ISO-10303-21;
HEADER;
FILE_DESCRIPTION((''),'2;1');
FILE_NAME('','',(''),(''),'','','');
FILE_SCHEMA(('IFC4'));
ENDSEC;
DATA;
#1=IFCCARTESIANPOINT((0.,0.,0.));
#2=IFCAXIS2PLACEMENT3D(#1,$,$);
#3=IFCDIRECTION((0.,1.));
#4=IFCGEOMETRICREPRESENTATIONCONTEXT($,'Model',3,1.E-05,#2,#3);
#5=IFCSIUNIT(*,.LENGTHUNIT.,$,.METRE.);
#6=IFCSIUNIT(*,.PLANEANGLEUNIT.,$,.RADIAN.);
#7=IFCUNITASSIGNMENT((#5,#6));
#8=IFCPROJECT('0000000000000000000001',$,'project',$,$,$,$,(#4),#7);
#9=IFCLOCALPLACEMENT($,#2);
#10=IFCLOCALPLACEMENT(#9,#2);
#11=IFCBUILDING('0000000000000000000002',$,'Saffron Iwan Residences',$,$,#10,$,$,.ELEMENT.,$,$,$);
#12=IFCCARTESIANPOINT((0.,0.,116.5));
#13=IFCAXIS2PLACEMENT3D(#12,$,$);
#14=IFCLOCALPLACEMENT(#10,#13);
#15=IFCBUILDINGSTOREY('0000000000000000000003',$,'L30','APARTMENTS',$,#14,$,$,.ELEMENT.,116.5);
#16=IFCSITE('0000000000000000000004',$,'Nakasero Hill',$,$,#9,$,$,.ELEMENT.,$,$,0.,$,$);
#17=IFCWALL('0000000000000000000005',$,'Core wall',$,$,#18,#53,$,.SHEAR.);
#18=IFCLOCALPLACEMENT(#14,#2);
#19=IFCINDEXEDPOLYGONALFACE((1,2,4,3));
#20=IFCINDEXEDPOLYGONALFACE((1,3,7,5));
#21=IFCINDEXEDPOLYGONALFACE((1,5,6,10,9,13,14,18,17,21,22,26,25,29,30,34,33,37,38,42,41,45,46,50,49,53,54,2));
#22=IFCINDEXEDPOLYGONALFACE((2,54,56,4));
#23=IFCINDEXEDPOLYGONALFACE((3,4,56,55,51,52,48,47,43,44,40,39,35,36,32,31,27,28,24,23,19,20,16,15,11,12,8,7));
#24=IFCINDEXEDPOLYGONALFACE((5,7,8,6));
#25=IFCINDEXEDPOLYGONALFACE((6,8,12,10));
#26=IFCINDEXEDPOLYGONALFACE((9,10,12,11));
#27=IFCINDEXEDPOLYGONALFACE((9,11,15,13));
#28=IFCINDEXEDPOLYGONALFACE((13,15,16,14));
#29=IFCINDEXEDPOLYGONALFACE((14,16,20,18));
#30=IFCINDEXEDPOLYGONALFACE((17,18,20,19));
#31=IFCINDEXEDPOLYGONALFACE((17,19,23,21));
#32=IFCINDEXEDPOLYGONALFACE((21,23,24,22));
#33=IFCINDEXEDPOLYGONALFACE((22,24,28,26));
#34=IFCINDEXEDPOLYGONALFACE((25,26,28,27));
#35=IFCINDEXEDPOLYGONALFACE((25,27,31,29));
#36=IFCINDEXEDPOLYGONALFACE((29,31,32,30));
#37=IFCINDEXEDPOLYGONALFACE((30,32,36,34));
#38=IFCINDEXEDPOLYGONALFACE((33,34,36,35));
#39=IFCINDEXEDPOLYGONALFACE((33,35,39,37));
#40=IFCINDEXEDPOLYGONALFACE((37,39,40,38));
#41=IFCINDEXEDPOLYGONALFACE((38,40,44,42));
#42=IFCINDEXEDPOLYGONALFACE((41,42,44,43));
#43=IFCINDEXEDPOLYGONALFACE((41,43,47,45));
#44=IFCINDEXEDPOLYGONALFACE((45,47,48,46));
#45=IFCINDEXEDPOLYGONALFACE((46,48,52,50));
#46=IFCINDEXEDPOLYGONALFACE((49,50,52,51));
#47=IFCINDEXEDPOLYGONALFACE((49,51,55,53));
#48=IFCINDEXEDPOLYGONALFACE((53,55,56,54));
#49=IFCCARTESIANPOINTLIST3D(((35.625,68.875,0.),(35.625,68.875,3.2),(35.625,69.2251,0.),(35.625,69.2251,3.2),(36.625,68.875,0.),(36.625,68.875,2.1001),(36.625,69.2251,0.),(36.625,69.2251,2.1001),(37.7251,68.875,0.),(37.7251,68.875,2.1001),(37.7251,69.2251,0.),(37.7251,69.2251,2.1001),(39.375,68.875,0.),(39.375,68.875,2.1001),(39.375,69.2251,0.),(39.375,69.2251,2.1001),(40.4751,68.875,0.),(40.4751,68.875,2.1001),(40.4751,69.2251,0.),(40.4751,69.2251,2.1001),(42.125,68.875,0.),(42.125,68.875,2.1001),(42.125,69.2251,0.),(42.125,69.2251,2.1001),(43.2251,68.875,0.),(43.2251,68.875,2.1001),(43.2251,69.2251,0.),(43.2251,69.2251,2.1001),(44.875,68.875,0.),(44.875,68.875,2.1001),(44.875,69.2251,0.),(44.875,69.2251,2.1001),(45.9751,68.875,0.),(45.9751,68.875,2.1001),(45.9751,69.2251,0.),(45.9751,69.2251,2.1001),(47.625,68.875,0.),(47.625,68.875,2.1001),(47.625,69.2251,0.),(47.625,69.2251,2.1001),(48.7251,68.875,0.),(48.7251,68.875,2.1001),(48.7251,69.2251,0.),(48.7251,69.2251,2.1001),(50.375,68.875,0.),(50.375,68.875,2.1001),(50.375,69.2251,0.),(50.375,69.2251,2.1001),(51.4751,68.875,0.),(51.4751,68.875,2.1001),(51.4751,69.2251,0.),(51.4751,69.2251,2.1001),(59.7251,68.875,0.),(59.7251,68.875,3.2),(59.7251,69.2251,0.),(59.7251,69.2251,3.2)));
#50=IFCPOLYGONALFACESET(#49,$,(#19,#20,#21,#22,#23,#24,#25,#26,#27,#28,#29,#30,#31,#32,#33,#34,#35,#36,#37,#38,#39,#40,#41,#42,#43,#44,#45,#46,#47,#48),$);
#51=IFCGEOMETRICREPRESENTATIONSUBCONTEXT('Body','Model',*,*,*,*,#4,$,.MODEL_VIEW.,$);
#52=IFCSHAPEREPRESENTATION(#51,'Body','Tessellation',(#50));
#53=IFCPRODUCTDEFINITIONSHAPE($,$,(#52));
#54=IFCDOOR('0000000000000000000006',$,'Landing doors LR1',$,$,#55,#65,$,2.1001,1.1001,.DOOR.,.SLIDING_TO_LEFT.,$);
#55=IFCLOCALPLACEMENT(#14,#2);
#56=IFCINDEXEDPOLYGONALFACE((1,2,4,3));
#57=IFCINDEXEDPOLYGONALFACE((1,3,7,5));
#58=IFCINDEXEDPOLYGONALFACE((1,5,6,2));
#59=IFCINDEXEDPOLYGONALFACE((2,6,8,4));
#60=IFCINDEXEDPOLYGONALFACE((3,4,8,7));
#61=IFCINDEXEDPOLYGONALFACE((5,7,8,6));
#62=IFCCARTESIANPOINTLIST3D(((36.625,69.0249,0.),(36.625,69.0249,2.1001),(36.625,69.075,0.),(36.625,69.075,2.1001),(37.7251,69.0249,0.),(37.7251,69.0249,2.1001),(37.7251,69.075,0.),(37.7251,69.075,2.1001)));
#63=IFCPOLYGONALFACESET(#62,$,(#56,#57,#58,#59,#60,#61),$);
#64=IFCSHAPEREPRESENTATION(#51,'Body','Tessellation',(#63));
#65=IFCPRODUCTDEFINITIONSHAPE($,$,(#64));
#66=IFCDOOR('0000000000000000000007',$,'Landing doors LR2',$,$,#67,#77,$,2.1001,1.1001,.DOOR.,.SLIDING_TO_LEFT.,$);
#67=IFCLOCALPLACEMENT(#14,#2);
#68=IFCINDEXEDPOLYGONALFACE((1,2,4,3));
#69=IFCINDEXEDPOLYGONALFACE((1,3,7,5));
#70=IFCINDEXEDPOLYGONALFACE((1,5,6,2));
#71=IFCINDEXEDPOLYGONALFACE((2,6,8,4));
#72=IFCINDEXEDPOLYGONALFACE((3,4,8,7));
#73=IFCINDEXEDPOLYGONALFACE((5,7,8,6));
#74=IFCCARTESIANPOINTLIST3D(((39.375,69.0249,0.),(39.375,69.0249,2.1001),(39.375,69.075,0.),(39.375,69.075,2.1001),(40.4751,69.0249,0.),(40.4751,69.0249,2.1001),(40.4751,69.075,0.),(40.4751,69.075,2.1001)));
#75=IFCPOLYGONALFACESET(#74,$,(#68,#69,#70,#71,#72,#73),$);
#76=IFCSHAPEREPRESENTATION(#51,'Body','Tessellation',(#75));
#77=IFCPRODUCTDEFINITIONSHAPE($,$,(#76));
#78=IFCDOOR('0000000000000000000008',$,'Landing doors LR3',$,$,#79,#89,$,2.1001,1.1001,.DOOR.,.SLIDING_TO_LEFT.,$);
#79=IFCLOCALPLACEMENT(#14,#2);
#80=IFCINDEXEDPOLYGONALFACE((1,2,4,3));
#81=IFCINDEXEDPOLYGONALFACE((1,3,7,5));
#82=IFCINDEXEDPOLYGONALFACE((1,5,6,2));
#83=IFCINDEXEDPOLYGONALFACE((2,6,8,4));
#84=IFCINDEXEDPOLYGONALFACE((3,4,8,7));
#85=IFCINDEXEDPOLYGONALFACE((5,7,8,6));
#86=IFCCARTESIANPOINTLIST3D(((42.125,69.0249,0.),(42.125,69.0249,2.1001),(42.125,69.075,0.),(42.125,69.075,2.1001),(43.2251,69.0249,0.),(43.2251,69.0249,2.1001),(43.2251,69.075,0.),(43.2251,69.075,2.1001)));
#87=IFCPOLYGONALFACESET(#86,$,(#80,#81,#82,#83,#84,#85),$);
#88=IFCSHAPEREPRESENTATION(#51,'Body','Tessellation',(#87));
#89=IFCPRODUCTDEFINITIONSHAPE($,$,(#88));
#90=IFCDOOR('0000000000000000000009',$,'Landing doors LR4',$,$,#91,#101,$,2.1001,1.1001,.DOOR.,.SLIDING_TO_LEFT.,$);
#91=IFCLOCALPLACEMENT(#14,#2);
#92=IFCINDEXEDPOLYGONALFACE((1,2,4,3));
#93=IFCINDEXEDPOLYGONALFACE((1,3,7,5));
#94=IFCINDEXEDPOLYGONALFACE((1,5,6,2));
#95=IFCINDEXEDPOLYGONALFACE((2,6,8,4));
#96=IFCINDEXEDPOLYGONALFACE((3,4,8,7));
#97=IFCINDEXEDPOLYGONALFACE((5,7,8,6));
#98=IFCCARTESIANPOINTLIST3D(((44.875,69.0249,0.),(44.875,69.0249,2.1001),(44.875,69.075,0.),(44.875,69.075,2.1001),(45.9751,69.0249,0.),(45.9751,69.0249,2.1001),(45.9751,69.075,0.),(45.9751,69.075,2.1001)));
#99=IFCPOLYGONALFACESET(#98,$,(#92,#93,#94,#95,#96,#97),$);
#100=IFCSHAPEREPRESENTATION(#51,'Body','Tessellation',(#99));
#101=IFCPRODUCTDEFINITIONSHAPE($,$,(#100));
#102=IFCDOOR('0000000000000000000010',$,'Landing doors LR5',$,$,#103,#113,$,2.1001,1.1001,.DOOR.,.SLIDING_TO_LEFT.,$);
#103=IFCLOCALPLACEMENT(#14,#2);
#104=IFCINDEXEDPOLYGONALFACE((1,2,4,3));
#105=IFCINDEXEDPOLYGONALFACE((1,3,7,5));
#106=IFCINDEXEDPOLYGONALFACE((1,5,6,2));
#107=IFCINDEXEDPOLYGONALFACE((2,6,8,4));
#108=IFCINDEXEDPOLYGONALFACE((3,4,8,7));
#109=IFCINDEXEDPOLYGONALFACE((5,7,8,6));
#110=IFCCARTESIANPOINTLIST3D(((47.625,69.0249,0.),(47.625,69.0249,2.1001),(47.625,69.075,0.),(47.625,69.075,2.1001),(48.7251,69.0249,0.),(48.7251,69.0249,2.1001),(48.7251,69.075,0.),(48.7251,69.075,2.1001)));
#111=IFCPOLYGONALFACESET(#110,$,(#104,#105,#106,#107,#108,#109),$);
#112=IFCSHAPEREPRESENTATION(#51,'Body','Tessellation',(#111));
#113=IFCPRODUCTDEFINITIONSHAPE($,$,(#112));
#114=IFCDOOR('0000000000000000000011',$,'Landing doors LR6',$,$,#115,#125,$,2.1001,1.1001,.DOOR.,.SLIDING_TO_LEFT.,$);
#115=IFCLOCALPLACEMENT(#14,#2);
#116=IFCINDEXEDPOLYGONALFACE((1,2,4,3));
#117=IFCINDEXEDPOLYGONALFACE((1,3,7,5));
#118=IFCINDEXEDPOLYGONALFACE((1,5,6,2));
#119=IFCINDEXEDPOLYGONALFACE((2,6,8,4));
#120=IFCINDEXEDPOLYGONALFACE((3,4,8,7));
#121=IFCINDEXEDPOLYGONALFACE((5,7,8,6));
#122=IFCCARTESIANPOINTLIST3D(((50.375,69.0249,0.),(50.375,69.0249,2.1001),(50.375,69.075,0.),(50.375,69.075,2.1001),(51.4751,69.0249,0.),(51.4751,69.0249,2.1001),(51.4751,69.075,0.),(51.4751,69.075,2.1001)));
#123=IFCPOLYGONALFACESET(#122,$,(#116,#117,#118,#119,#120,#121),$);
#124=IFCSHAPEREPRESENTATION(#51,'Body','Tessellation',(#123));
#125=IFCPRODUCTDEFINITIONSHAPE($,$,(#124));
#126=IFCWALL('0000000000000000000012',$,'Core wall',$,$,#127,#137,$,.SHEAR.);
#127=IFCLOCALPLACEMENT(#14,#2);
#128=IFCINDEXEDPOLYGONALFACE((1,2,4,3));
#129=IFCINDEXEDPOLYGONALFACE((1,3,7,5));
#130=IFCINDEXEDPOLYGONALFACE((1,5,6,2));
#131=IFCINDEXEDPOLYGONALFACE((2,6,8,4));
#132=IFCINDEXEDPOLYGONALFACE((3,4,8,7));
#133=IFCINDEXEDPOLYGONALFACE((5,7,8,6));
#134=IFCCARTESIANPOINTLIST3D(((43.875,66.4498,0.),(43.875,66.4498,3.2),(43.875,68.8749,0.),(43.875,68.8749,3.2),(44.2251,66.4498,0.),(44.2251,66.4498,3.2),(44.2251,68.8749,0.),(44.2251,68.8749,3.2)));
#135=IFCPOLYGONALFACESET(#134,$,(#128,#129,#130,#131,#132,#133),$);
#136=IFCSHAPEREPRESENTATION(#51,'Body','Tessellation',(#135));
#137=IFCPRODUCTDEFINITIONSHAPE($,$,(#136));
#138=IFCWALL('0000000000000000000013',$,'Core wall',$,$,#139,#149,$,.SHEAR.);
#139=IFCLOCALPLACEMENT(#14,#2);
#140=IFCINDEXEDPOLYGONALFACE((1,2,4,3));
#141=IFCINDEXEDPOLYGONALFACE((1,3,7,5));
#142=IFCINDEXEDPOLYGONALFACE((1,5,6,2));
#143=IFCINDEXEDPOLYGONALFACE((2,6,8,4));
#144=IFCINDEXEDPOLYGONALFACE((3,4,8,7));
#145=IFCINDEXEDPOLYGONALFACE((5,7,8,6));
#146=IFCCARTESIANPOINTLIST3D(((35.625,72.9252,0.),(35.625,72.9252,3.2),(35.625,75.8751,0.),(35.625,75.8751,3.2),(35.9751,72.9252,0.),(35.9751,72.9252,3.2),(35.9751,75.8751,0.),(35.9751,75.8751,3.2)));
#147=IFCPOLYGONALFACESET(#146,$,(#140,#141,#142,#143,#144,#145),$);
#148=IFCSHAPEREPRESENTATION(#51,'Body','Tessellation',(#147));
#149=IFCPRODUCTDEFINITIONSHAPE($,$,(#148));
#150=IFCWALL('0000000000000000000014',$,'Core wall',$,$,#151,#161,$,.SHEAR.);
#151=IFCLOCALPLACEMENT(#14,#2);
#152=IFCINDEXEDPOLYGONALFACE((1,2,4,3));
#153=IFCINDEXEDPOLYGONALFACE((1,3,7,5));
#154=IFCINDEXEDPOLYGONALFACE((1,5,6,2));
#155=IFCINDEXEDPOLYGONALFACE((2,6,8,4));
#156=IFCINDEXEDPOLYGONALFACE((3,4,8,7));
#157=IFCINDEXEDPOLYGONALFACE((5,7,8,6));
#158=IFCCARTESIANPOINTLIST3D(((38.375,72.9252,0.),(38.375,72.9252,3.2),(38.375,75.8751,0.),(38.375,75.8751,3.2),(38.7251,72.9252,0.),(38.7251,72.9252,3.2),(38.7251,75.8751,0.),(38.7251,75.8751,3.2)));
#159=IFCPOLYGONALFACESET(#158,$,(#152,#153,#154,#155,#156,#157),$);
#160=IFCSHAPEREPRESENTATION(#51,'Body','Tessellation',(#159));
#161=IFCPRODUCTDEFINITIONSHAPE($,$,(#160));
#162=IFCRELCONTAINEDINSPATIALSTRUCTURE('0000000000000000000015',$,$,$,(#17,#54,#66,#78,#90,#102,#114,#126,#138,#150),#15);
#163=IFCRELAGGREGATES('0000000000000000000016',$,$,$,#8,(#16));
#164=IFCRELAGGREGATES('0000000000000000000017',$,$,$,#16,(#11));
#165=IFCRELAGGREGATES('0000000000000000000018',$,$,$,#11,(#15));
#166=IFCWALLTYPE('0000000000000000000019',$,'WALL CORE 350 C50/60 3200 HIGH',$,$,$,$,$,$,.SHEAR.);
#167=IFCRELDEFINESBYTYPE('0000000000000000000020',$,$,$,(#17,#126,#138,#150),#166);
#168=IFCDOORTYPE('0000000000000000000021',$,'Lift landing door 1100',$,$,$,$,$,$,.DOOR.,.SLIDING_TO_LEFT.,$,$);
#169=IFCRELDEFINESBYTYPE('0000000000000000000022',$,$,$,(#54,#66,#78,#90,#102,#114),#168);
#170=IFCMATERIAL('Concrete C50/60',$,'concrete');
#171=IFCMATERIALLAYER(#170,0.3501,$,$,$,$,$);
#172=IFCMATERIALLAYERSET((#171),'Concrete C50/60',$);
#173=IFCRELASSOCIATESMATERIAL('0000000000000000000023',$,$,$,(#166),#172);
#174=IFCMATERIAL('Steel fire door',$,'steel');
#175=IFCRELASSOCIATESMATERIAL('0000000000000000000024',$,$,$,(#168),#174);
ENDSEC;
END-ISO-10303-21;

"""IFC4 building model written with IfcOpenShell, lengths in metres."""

from ifc_helpers import new_model, si_unit, direction, frame, frame_2d, origin, place, context, subcontext, project, spatial, rectangle, extrude, material, layer, layer_set, type_object, element, fill, save


model = new_model("IFC4")

# Units and contexts
model_context = context("Model", 3, precision=1e-05, world=origin(), true_north=direction((0.0, 1.0)))
body_context = subcontext(model_context, "Body", "Model", "MODEL_VIEW")
ifc_project = project(units=[si_unit("LENGTHUNIT", "METRE"), si_unit("PLANEANGLEUNIT", "RADIAN")], contexts=[model_context])

# Site, building, storey
site_placement = place(None, origin())
site = spatial("IfcSite", under=ifc_project, at=site_placement, Name="Nakasero Hill", CompositionType="ELEMENT", RefElevation=0.0)
building_placement = place(site_placement, origin())
building = spatial("IfcBuilding", under=site, at=building_placement, Name="Saffron Iwan Residences", CompositionType="ELEMENT")
storey_placement = place(building_placement, frame((0.0, 0.0, 116.5)))
storey = spatial("IfcBuildingStorey", under=building, at=storey_placement, Name="L30", Description="APARTMENTS", CompositionType="ELEMENT", Elevation=116.5)

# Wall, openings, doors
ifc_material_1 = material(Name="Concrete C50/60", Category="concrete")
ifc_layer = layer(ifc_material_1, 0.3501)
ifc_layer_set = layer_set([ifc_layer], Name="Concrete C50/60")
wall_type = type_object("IfcWallType", Name="WALL CORE 350 C50/60 3200 HIGH", PredefinedType="SHEAR", material=ifc_layer_set)
wall_1_placement = place(storey_placement, frame((35.625, 69.05, 0.0), z_axis=(0.0, 0.0, 1.0), x_axis=(1.0, 0.0, 0.0)))
wall_1 = element("IfcWall", 1, at=wall_1_placement, inside=storey, type_object=wall_type, Name="Core wall", PredefinedType="SHEAR", context=body_context, shape_type="SweptSolid", body=[
    extrude(rectangle(XDim=24.1001, YDim=0.3501, at=frame_2d((12.05, 0.0))), origin(), (0.0, 0.0, 1.0), 3.2),
])
opening_1_placement = place(wall_1_placement, frame((1.0, 0.0, 0.0)))
opening_1 = element("IfcOpeningElement", 2, at=opening_1_placement, cuts=wall_1, PredefinedType="OPENING", context=body_context, shape_type="SweptSolid", body=[
    extrude(rectangle(XDim=1.1001, YDim=2.1001, at=frame_2d((0.55, 1.05))), frame((0.0, 0.1851, 0.0), z_axis=(0.0, -1.0, 0.0), x_axis=(1.0, 0.0, 0.0)), (0.0, 0.0, 1.0), 0.3701),
])
opening_2_placement = place(wall_1_placement, frame((3.75, 0.0, 0.0)))
opening_2 = element("IfcOpeningElement", 3, at=opening_2_placement, cuts=wall_1, PredefinedType="OPENING", context=body_context, shape_type="SweptSolid", body=[
    extrude(rectangle(XDim=1.1001, YDim=2.1001, at=frame_2d((0.55, 1.05))), frame((0.0, 0.1851, 0.0), z_axis=(0.0, -1.0, 0.0), x_axis=(1.0, 0.0, 0.0)), (0.0, 0.0, 1.0), 0.3701),
])
opening_3_placement = place(wall_1_placement, frame((6.5, 0.0, 0.0)))
opening_3 = element("IfcOpeningElement", 4, at=opening_3_placement, cuts=wall_1, PredefinedType="OPENING", context=body_context, shape_type="SweptSolid", body=[
    extrude(rectangle(XDim=1.1001, YDim=2.1001, at=frame_2d((0.55, 1.05))), frame((0.0, 0.1851, 0.0), z_axis=(0.0, -1.0, 0.0), x_axis=(1.0, 0.0, 0.0)), (0.0, 0.0, 1.0), 0.3701),
])
opening_4_placement = place(wall_1_placement, frame((9.25, 0.0, 0.0)))
opening_4 = element("IfcOpeningElement", 5, at=opening_4_placement, cuts=wall_1, PredefinedType="OPENING", context=body_context, shape_type="SweptSolid", body=[
    extrude(rectangle(XDim=1.1001, YDim=2.1001, at=frame_2d((0.55, 1.05))), frame((0.0, 0.1851, 0.0), z_axis=(0.0, -1.0, 0.0), x_axis=(1.0, 0.0, 0.0)), (0.0, 0.0, 1.0), 0.3701),
])
opening_5_placement = place(wall_1_placement, frame((12.0, 0.0, 0.0)))
opening_5 = element("IfcOpeningElement", 6, at=opening_5_placement, cuts=wall_1, PredefinedType="OPENING", context=body_context, shape_type="SweptSolid", body=[
    extrude(rectangle(XDim=1.1001, YDim=2.1001, at=frame_2d((0.55, 1.05))), frame((0.0, 0.1851, 0.0), z_axis=(0.0, -1.0, 0.0), x_axis=(1.0, 0.0, 0.0)), (0.0, 0.0, 1.0), 0.3701),
])
opening_6_placement = place(wall_1_placement, frame((14.75, 0.0, 0.0)))
opening_6 = element("IfcOpeningElement", 7, at=opening_6_placement, cuts=wall_1, PredefinedType="OPENING", context=body_context, shape_type="SweptSolid", body=[
    extrude(rectangle(XDim=1.1001, YDim=2.1001, at=frame_2d((0.55, 1.05))), frame((0.0, 0.1851, 0.0), z_axis=(0.0, -1.0, 0.0), x_axis=(1.0, 0.0, 0.0)), (0.0, 0.0, 1.0), 0.3701),
])
ifc_material_2 = material(Name="Steel fire door", Category="steel")
door_type_1 = type_object("IfcDoorType", Name="Lift landing door 1100", OperationType="SLIDING_TO_LEFT", PredefinedType="DOOR", material=ifc_material_2)
door_1_placement = place(opening_1_placement, origin())
door_1 = element("IfcDoor", 8, at=door_1_placement, inside=storey, type_object=door_type_1, Name="Landing doors LR1", OperationType="SLIDING_TO_LEFT", OverallHeight=2.1001, OverallWidth=1.1001, PredefinedType="DOOR", context=body_context, shape_type="SweptSolid", body=[
    extrude(rectangle(XDim=1.1001, YDim=2.1001, at=frame_2d((0.55, 1.05))), frame((0.0, 0.0249, 0.0), z_axis=(0.0, -1.0, 0.0), x_axis=(1.0, 0.0, 0.0)), (0.0, 0.0, 1.0), 0.05),
])
fill(opening_1, door_1)
door_2_placement = place(opening_2_placement, origin())
door_2 = element("IfcDoor", 9, at=door_2_placement, inside=storey, type_object=door_type_1, Name="Landing doors LR2", OperationType="SLIDING_TO_LEFT", OverallHeight=2.1001, OverallWidth=1.1001, PredefinedType="DOOR", context=body_context, shape_type="SweptSolid", body=[
    extrude(rectangle(XDim=1.1001, YDim=2.1001, at=frame_2d((0.55, 1.05))), frame((0.0, 0.0249, 0.0), z_axis=(0.0, -1.0, 0.0), x_axis=(1.0, 0.0, 0.0)), (0.0, 0.0, 1.0), 0.05),
])
fill(opening_2, door_2)
door_3_placement = place(opening_3_placement, origin())
door_3 = element("IfcDoor", 10, at=door_3_placement, inside=storey, type_object=door_type_1, Name="Landing doors LR3", OperationType="SLIDING_TO_LEFT", OverallHeight=2.1001, OverallWidth=1.1001, PredefinedType="DOOR", context=body_context, shape_type="SweptSolid", body=[
    extrude(rectangle(XDim=1.1001, YDim=2.1001, at=frame_2d((0.55, 1.05))), frame((0.0, 0.0249, 0.0), z_axis=(0.0, -1.0, 0.0), x_axis=(1.0, 0.0, 0.0)), (0.0, 0.0, 1.0), 0.05),
])
fill(opening_3, door_3)
door_4_placement = place(opening_4_placement, origin())
door_4 = element("IfcDoor", 11, at=door_4_placement, inside=storey, type_object=door_type_1, Name="Landing doors LR4", OperationType="SLIDING_TO_LEFT", OverallHeight=2.1001, OverallWidth=1.1001, PredefinedType="DOOR", context=body_context, shape_type="SweptSolid", body=[
    extrude(rectangle(XDim=1.1001, YDim=2.1001, at=frame_2d((0.55, 1.05))), frame((0.0, 0.0249, 0.0), z_axis=(0.0, -1.0, 0.0), x_axis=(1.0, 0.0, 0.0)), (0.0, 0.0, 1.0), 0.05),
])
fill(opening_4, door_4)
door_5_placement = place(opening_5_placement, origin())
door_5 = element("IfcDoor", 12, at=door_5_placement, inside=storey, type_object=door_type_1, Name="Landing doors LR5", OperationType="SLIDING_TO_LEFT", OverallHeight=2.1001, OverallWidth=1.1001, PredefinedType="DOOR", context=body_context, shape_type="SweptSolid", body=[
    extrude(rectangle(XDim=1.1001, YDim=2.1001, at=frame_2d((0.55, 1.05))), frame((0.0, 0.0249, 0.0), z_axis=(0.0, -1.0, 0.0), x_axis=(1.0, 0.0, 0.0)), (0.0, 0.0, 1.0), 0.05),
])
fill(opening_5, door_5)
door_6_placement = place(opening_6_placement, origin())
door_6 = element("IfcDoor", 13, at=door_6_placement, inside=storey, type_object=door_type_1, Name="Landing doors LR6", OperationType="SLIDING_TO_LEFT", OverallHeight=2.1001, OverallWidth=1.1001, PredefinedType="DOOR", context=body_context, shape_type="SweptSolid", body=[
    extrude(rectangle(XDim=1.1001, YDim=2.1001, at=frame_2d((0.55, 1.05))), frame((0.0, 0.0249, 0.0), z_axis=(0.0, -1.0, 0.0), x_axis=(1.0, 0.0, 0.0)), (0.0, 0.0, 1.0), 0.05),
])
fill(opening_6, door_6)

# Walls
wall_2_placement = place(storey_placement, frame((44.05, 66.45, 0.0), z_axis=(0.0, 0.0, 1.0), x_axis=(0.0, 1.0, 0.0)))
element("IfcWall", 14, at=wall_2_placement, inside=storey, type_object=wall_type, Name="Core wall", PredefinedType="SHEAR", context=body_context, shape_type="SweptSolid", body=[
    extrude(rectangle(XDim=2.425, YDim=0.3501, at=frame_2d((1.2124, 0.0))), origin(), (0.0, 0.0, 1.0), 3.2),
])
for number, where, z_axis, x_axis, name in (
    (15, (35.8, 72.925, 0.0), (0.0, 0.0, 1.0), (0.0, 1.0, 0.0), "Core wall"),
    (16, (38.55, 72.925, 0.0), (0.0, 0.0, 1.0), (0.0, 1.0, 0.0), "Core wall"),
):
    element("IfcWall", number, at=place(storey_placement, frame(where, z_axis=z_axis, x_axis=x_axis)), inside=storey, type_object=wall_type, Name=name, PredefinedType="SHEAR", context=body_context, shape_type="SweptSolid", body=[
        extrude(rectangle(XDim=2.95, YDim=0.3501, at=frame_2d((1.4751, 0.0))), origin(), (0.0, 0.0, 1.0), 3.2),
    ])

save(model, "model.ifc")
